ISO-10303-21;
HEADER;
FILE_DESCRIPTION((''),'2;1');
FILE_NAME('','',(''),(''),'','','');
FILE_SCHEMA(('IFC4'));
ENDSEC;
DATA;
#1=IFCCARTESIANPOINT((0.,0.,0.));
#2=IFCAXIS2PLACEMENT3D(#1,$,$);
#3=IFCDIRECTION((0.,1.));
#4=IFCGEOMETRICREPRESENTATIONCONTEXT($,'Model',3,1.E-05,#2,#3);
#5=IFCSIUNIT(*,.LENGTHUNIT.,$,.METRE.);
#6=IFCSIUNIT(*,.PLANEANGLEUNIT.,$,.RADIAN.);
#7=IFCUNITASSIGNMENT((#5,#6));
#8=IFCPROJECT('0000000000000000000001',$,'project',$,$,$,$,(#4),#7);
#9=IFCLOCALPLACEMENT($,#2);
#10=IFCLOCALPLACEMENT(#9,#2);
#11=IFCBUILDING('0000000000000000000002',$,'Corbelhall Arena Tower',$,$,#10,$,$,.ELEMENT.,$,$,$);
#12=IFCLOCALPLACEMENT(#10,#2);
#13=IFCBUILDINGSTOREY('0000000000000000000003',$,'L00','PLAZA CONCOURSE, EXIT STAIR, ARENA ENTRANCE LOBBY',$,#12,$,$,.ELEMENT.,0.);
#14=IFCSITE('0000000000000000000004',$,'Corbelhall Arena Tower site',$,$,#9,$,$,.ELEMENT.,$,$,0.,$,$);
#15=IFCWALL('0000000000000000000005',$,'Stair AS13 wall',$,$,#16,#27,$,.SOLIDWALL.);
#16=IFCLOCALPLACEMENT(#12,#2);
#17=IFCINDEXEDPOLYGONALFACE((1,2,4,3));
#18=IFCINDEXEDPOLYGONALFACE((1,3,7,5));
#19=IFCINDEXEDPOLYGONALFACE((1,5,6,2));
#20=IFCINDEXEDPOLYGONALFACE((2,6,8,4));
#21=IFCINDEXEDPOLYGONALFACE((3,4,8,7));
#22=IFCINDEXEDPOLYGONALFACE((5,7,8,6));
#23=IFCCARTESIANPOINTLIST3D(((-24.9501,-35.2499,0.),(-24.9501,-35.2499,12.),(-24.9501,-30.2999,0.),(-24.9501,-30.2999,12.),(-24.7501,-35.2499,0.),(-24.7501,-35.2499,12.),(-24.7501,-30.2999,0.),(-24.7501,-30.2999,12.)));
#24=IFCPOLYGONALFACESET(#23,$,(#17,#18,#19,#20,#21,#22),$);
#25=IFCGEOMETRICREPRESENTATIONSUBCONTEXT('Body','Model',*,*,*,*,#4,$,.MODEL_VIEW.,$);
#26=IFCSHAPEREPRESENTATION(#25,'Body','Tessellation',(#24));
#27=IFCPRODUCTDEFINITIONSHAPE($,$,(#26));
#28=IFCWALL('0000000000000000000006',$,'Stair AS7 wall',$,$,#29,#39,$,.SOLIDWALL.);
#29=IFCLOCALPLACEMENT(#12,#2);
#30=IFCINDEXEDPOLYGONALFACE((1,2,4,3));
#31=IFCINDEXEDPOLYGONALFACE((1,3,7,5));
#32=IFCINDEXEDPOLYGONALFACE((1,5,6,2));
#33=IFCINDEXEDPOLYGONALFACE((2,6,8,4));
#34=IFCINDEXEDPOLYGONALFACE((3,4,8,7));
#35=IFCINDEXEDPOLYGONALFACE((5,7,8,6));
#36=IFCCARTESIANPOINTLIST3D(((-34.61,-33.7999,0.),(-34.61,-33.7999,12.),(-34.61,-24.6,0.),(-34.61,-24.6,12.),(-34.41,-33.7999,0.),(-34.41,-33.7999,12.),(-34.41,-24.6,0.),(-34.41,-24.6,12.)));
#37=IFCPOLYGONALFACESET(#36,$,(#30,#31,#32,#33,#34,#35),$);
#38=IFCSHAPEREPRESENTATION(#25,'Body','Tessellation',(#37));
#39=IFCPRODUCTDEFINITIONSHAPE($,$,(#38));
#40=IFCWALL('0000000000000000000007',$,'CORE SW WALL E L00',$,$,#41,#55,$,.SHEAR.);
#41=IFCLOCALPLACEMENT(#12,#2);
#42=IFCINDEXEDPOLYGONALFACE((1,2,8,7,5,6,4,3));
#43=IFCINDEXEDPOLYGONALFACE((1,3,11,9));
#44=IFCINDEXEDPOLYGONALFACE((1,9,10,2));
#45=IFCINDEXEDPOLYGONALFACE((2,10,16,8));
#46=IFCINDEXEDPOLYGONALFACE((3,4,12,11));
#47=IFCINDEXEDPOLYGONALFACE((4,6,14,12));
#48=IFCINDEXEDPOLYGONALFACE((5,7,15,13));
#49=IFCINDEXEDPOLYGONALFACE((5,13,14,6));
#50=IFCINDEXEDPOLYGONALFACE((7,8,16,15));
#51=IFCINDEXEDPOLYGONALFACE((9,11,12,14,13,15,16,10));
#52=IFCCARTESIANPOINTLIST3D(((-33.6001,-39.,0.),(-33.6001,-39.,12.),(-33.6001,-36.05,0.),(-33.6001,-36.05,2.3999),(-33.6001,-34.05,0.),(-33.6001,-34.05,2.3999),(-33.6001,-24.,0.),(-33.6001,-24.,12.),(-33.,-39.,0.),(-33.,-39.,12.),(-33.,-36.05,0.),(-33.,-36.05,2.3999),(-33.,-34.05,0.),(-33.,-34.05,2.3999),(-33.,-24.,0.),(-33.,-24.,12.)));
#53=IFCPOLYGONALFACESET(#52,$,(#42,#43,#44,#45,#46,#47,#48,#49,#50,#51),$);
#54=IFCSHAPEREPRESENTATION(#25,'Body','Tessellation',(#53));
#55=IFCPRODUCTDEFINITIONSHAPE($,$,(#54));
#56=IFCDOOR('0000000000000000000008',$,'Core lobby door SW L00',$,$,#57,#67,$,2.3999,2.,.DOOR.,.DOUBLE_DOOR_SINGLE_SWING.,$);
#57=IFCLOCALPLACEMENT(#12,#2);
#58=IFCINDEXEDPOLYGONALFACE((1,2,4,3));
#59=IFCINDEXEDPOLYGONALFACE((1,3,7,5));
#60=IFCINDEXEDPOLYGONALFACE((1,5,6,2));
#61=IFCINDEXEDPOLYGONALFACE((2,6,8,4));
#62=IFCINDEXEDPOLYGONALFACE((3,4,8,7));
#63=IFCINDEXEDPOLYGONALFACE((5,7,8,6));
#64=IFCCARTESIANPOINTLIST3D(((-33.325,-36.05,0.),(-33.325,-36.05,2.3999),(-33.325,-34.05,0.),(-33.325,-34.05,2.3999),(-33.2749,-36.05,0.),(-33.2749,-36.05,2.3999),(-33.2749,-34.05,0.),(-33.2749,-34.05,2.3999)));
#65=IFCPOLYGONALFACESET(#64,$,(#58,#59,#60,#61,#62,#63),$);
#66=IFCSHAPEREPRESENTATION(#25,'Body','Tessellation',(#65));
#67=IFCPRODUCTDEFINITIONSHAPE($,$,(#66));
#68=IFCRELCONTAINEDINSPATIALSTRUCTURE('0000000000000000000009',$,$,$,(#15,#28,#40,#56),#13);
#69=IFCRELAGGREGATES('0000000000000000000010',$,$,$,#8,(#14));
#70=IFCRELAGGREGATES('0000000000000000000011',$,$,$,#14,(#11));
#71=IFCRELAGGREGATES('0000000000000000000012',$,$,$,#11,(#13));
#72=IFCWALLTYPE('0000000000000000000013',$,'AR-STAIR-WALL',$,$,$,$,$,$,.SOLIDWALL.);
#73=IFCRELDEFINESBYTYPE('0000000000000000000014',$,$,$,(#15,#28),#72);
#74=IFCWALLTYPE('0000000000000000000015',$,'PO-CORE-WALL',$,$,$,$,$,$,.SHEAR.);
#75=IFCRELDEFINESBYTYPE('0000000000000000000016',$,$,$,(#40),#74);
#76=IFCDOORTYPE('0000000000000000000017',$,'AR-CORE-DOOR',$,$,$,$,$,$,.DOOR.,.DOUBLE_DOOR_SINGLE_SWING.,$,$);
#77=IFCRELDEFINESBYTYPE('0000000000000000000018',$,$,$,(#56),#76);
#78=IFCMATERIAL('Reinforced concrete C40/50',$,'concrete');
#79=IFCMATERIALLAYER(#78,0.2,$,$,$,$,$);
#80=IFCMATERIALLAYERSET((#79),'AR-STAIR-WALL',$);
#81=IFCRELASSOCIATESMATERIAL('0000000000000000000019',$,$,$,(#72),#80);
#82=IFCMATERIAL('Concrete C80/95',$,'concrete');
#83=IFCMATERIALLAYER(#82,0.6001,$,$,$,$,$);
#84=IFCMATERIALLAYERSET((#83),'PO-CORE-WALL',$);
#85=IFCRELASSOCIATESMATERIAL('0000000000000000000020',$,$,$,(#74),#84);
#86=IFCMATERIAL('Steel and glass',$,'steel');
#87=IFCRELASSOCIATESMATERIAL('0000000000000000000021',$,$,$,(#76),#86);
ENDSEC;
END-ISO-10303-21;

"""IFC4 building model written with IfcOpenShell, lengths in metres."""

from ifc_helpers import new_model, si_unit, direction, frame, frame_2d, origin, place, context, subcontext, project, spatial, rectangle, extrude, material, layer, layer_set, type_object, element, fill, save


model = new_model("IFC4")

# Units and contexts
model_context = context("Model", 3, precision=1e-05, world=origin(), true_north=direction((0.0, 1.0)))
body_context = subcontext(model_context, "Body", "Model", "MODEL_VIEW")
ifc_project = project(units=[si_unit("LENGTHUNIT", "METRE"), si_unit("PLANEANGLEUNIT", "RADIAN")], contexts=[model_context])

# Site, building, storey
site_placement = place(None, origin())
site = spatial("IfcSite", under=ifc_project, at=site_placement, Name="Corbelhall Arena Tower site", CompositionType="ELEMENT", RefElevation=0.0)
building_placement = place(site_placement, origin())
building = spatial("IfcBuilding", under=site, at=building_placement, Name="Corbelhall Arena Tower", CompositionType="ELEMENT")
storey_placement = place(building_placement, origin())
storey = spatial("IfcBuildingStorey", under=building, at=storey_placement, Name="L00", Description="PLAZA CONCOURSE, EXIT STAIR, ARENA ENTRANCE LOBBY", CompositionType="ELEMENT", Elevation=0.0)

# Shared definitions
ifc_material_1 = material(Name="Concrete C80/95", Category="concrete")

# Shared definitions
ifc_material_2 = material(Name="Reinforced concrete C40/50", Category="concrete")
ifc_layer_1 = layer(ifc_material_2, 0.2)
ifc_layer_set_1 = layer_set([ifc_layer_1], Name="AR-STAIR-WALL")
wall_type_1 = type_object("IfcWallType", Name="AR-STAIR-WALL", PredefinedType="SOLIDWALL", material=ifc_layer_set_1)
ifc_material_3 = material(Name="Steel and glass", Category="steel")

# Walls
wall_1_placement = place(storey_placement, frame((-24.8501, -35.25, 0.0), z_axis=(0.0, 0.0, 1.0), x_axis=(0.0, 1.0, 0.0)))
element("IfcWall", 1, at=wall_1_placement, inside=storey, type_object=wall_type_1, Name="Stair AS13 wall", PredefinedType="SOLIDWALL", context=body_context, shape_type="SweptSolid", body=[
    extrude(rectangle(XDim=4.95, YDim=0.2, at=frame_2d((2.4751, 0.0))), origin(), (0.0, 0.0, 1.0), 12.0),
])
wall_2_placement = place(storey_placement, frame((-34.51, -33.8, 0.0), z_axis=(0.0, 0.0, 1.0), x_axis=(0.0, 1.0, 0.0)))
element("IfcWall", 2, at=wall_2_placement, inside=storey, type_object=wall_type_1, Name="Stair AS7 wall", PredefinedType="SOLIDWALL", context=body_context, shape_type="SweptSolid", body=[
    extrude(rectangle(XDim=9.2, YDim=0.2, at=frame_2d((4.6001, 0.0))), origin(), (0.0, 0.0, 1.0), 12.0),
])

# Wall, opening, door
ifc_layer_2 = layer(ifc_material_1, 0.6001)
ifc_layer_set_2 = layer_set([ifc_layer_2], Name="PO-CORE-WALL")
wall_type_2 = type_object("IfcWallType", Name="PO-CORE-WALL", PredefinedType="SHEAR", material=ifc_layer_set_2)
wall_3_placement = place(storey_placement, frame((-33.3, -39.0, 0.0), z_axis=(0.0, 0.0, 1.0), x_axis=(0.0, 1.0, 0.0)))
wall_3 = element("IfcWall", 3, at=wall_3_placement, inside=storey, type_object=wall_type_2, Name="CORE SW WALL E L00", PredefinedType="SHEAR", context=body_context, shape_type="SweptSolid", body=[
    extrude(rectangle(XDim=15.0, YDim=0.6001, at=frame_2d((7.5, 0.0))), origin(), (0.0, 0.0, 1.0), 12.0),
])
opening_1_placement = place(wall_3_placement, frame((2.95, 0.0, 0.0)))
opening_1 = element("IfcOpeningElement", 4, at=opening_1_placement, cuts=wall_3, PredefinedType="OPENING", context=body_context, shape_type="SweptSolid", body=[
    extrude(rectangle(XDim=2.0, YDim=2.3999, at=frame_2d((1.0, 1.2))), frame((0.0, 0.3, 0.0), z_axis=(0.0, -1.0, 0.0), x_axis=(1.0, 0.0, 0.0)), (0.0, 0.0, 1.0), 0.6001),
])
door_type_1 = type_object("IfcDoorType", Name="AR-CORE-DOOR", OperationType="DOUBLE_DOOR_SINGLE_SWING", PredefinedType="DOOR", material=ifc_material_3)
door_1_placement = place(opening_1_placement, origin())
door_1 = element("IfcDoor", 5, at=door_1_placement, inside=storey, type_object=door_type_1, Name="Core lobby door SW L00", OperationType="DOUBLE_DOOR_SINGLE_SWING", OverallHeight=2.3999, OverallWidth=2.0, PredefinedType="DOOR", context=body_context, shape_type="SweptSolid", body=[
    extrude(rectangle(XDim=2.0, YDim=2.3999, at=frame_2d((1.0, 1.2))), frame((0.0, 0.0249, 0.0), z_axis=(0.0, -1.0, 0.0), x_axis=(1.0, 0.0, 0.0)), (0.0, 0.0, 1.0), 0.05),
])
fill(opening_1, door_1)

save(model, "model.ifc")
